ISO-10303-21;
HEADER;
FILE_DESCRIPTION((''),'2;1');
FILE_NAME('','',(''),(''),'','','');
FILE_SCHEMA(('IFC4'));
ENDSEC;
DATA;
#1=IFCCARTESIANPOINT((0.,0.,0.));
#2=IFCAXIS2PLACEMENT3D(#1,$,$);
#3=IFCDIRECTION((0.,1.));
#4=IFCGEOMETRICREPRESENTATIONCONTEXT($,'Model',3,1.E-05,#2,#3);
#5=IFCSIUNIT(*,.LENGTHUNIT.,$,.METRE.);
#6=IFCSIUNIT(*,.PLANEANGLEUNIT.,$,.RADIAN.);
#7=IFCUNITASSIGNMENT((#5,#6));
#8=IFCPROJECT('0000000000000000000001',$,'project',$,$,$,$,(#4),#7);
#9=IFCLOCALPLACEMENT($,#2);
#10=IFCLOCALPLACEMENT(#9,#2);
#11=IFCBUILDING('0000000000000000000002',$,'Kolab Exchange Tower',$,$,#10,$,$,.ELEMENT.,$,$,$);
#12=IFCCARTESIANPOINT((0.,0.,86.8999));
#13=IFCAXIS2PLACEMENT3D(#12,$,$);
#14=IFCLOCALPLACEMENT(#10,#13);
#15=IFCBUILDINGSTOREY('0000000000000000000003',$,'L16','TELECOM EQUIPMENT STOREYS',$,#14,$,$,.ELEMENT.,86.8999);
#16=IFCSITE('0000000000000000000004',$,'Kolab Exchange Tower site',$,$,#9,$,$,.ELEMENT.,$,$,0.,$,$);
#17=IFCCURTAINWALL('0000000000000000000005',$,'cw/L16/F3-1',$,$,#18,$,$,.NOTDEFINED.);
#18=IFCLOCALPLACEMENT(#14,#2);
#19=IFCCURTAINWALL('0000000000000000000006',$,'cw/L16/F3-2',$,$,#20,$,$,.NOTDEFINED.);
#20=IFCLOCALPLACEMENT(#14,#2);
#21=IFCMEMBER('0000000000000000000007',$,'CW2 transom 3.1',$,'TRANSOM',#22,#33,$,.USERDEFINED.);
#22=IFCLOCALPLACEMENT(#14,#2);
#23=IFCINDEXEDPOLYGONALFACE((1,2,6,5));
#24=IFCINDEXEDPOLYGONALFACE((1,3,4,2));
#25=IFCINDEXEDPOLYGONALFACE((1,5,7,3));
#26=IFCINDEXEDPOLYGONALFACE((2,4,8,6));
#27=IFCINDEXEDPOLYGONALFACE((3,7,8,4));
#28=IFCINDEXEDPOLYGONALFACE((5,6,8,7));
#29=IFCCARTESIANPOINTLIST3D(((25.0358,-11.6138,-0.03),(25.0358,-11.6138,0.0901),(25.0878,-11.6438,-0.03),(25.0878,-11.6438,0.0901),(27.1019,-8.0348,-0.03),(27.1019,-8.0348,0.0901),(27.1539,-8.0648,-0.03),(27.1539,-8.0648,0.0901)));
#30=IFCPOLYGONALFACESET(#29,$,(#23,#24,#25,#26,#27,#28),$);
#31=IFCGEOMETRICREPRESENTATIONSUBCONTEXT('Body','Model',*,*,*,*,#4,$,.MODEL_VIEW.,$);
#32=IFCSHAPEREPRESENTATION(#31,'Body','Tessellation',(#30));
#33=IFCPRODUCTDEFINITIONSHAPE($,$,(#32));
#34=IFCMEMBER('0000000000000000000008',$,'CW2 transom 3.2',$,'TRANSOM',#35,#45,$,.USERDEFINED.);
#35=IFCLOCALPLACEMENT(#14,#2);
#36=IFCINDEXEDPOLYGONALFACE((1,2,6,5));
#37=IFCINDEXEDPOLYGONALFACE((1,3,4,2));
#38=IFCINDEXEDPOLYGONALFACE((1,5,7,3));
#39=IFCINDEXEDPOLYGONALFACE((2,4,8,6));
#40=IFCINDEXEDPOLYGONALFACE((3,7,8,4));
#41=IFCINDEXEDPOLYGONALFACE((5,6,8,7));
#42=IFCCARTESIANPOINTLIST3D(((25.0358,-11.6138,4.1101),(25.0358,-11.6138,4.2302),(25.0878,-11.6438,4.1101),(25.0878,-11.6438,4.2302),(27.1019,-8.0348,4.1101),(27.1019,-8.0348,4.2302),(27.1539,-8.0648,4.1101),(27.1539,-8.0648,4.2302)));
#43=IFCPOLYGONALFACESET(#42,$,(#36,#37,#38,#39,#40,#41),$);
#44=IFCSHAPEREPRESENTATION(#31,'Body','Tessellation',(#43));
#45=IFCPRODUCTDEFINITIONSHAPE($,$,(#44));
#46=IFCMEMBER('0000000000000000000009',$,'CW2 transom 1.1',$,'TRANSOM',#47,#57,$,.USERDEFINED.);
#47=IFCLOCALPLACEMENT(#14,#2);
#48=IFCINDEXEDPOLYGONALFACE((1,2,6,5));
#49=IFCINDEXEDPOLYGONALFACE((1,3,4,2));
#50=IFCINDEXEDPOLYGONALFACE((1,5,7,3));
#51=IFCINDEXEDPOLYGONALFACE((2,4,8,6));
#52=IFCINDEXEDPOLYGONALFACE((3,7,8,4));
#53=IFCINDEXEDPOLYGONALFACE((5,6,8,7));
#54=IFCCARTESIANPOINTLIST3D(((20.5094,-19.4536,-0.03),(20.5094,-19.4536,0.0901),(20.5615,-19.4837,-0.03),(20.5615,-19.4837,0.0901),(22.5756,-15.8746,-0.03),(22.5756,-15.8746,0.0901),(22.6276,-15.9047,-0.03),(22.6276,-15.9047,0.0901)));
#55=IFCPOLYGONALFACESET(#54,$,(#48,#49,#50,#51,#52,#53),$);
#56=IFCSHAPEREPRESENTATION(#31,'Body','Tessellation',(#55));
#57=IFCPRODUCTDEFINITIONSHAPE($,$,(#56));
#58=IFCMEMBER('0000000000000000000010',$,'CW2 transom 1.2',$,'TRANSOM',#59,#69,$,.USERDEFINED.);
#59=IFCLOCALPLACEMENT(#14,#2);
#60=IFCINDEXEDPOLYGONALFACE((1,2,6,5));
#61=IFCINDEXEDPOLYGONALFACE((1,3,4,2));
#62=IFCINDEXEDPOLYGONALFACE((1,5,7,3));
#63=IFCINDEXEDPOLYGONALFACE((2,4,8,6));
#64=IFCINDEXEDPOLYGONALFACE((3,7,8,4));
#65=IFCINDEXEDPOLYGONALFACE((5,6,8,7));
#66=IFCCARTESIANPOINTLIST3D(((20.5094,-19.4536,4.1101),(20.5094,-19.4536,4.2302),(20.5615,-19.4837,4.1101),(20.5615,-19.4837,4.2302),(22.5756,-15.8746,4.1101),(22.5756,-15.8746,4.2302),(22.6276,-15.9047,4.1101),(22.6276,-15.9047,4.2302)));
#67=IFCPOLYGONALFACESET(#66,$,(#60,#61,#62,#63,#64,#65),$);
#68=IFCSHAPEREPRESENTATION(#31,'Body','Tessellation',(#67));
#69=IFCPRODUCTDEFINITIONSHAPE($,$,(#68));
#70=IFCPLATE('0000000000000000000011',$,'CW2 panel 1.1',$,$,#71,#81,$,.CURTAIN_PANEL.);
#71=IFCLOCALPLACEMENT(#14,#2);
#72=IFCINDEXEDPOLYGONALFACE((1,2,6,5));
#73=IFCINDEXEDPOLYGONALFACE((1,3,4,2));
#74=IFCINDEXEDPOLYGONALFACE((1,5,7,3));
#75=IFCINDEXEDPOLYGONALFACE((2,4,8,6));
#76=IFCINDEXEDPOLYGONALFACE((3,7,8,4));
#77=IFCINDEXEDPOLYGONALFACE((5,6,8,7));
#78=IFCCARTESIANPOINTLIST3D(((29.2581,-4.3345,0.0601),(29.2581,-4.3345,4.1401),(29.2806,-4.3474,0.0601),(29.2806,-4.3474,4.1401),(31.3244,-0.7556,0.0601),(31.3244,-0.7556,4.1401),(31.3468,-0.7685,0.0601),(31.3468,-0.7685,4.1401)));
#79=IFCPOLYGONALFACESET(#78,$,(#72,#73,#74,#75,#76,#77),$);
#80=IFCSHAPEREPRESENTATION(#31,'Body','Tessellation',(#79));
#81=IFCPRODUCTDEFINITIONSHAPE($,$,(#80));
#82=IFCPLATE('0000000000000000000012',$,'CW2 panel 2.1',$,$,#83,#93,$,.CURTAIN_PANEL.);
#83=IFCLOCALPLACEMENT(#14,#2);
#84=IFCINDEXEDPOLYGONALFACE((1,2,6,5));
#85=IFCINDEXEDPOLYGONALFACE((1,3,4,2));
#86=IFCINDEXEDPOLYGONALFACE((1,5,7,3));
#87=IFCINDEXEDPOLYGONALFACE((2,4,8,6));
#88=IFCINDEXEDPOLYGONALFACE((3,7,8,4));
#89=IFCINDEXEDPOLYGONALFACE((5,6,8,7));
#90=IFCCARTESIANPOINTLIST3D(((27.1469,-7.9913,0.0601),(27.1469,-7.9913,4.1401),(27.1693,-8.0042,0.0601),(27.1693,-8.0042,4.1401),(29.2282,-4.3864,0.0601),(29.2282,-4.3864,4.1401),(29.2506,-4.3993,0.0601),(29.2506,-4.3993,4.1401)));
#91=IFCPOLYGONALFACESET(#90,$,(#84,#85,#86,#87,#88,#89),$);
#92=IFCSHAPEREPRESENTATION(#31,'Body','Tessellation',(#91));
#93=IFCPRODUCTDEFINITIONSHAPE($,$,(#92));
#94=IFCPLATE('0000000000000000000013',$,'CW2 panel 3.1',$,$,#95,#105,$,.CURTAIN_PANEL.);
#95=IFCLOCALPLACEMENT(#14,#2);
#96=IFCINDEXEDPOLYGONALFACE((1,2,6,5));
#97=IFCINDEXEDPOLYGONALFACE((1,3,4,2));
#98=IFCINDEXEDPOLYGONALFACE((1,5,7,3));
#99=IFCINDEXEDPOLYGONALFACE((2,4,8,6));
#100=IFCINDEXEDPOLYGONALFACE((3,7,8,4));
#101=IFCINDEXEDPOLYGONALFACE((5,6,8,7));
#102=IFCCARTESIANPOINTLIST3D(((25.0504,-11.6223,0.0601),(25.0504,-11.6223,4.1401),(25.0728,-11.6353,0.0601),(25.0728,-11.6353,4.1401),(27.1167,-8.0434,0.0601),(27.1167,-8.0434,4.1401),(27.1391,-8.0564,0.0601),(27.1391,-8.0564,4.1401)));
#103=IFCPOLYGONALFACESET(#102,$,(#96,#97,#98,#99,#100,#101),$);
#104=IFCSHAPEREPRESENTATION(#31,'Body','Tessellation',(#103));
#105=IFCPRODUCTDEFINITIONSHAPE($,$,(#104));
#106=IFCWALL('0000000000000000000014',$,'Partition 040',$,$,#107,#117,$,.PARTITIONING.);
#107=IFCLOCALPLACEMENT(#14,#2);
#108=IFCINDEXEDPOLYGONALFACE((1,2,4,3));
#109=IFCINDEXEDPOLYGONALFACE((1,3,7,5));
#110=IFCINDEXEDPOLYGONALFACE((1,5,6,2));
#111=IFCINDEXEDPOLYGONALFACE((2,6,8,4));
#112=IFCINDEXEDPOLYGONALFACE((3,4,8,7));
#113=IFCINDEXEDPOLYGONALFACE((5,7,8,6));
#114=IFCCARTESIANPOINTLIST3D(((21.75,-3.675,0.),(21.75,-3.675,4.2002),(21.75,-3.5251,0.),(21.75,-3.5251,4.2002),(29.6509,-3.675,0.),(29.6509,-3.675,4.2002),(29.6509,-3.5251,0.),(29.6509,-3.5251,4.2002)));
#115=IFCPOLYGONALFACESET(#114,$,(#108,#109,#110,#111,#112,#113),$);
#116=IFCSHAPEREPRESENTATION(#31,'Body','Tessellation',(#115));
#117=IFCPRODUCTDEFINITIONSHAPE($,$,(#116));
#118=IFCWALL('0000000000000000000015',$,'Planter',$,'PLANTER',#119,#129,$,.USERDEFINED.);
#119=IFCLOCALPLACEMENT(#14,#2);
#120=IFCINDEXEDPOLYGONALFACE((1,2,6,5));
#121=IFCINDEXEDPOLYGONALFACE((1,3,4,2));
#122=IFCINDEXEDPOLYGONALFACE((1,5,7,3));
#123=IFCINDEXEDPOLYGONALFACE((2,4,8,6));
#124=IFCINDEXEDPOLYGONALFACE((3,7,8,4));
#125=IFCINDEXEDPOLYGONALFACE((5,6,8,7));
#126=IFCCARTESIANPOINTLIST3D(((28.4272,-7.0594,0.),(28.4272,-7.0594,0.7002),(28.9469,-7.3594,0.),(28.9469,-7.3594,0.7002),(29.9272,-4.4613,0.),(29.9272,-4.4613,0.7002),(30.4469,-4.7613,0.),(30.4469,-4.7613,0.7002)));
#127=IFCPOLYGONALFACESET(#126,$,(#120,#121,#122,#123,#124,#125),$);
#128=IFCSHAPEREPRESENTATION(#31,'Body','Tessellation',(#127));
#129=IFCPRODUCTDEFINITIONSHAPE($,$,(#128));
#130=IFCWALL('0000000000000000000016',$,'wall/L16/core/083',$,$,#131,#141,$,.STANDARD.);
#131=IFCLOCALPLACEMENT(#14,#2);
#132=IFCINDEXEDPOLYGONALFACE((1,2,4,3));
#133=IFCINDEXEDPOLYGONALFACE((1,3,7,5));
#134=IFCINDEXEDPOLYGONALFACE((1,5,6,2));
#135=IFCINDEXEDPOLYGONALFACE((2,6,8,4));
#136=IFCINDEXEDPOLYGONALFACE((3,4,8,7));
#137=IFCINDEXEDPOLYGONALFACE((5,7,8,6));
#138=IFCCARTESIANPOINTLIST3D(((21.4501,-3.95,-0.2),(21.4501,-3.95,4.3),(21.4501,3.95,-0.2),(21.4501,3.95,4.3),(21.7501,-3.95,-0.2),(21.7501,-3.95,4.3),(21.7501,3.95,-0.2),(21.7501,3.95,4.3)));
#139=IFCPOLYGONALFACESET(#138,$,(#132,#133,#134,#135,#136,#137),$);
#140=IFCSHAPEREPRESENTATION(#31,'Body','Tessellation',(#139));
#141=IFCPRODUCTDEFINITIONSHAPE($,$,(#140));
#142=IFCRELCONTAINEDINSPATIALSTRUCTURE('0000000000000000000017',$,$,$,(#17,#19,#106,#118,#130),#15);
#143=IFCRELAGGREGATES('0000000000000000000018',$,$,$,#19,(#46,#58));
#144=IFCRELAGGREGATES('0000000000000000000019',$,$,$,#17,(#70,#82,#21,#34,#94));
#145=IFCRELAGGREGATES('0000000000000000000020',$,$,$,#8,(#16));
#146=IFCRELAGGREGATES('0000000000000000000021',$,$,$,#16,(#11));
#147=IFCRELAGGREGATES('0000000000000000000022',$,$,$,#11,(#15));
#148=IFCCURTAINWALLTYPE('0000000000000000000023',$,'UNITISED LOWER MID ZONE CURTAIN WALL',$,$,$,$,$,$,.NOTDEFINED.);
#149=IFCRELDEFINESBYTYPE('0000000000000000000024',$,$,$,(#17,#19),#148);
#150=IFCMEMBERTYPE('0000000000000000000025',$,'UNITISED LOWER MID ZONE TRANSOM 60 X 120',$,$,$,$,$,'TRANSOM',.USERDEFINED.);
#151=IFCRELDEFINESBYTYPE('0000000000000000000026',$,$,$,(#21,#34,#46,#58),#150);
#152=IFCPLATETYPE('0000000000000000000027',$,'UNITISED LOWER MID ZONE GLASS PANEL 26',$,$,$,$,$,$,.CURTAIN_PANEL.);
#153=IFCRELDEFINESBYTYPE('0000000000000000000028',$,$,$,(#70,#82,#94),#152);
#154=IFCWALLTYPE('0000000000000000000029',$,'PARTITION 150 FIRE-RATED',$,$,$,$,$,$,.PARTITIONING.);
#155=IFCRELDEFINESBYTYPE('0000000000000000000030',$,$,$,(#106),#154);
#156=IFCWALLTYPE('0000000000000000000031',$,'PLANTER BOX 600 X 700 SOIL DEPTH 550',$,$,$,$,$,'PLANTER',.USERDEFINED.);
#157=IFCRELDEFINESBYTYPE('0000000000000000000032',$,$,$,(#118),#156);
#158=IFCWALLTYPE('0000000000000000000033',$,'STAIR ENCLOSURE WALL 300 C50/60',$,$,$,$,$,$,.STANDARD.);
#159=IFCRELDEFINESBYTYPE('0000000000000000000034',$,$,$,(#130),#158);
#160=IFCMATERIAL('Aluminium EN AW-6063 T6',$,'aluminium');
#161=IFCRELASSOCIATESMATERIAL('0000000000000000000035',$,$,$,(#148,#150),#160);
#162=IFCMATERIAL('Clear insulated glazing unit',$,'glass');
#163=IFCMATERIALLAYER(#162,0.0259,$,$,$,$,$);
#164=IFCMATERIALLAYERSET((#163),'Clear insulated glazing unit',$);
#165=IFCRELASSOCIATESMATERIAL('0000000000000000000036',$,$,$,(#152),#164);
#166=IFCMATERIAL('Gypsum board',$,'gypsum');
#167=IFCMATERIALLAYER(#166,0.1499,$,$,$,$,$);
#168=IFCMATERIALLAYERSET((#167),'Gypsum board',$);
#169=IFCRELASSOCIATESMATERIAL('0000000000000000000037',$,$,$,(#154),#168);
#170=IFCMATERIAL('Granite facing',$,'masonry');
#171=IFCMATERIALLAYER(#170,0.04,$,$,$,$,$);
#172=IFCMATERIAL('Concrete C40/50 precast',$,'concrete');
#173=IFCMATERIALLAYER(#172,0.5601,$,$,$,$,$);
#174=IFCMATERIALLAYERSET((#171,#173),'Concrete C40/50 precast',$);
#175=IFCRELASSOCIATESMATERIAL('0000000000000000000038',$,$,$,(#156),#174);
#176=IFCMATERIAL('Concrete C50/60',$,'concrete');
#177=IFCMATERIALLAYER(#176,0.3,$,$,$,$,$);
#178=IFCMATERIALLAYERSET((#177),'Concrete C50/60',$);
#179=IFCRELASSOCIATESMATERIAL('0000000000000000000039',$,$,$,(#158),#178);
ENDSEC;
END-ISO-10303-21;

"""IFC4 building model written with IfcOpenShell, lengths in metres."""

from ifc_helpers import new_model, si_unit, direction, frame, frame_2d, origin, origin_2d, place, context, subcontext, project, spatial, rectangle, extrude, material, layer, layer_set, material_profile, profile_set, type_object, element, aggregate, save


model = new_model("IFC4")

# Units and contexts
model_context = context("Model", 3, precision=1e-05, world=origin(), true_north=direction((0.0, 1.0)))
body_context = subcontext(model_context, "Body", "Model", "MODEL_VIEW")
ifc_project = project(units=[si_unit("LENGTHUNIT", "METRE"), si_unit("PLANEANGLEUNIT", "RADIAN")], contexts=[model_context])

# Site, building, storey
site_placement = place(None, origin())
site = spatial("IfcSite", under=ifc_project, at=site_placement, Name="Kolab Exchange Tower site", CompositionType="ELEMENT", RefElevation=0.0)
building_placement = place(site_placement, origin())
building = spatial("IfcBuilding", under=site, at=building_placement, Name="Kolab Exchange Tower", CompositionType="ELEMENT")
storey_placement = place(building_placement, frame((0.0, 0.0, 86.8999)))
storey = spatial("IfcBuildingStorey", under=building, at=storey_placement, Name="L16", Description="TELECOM EQUIPMENT STOREYS", CompositionType="ELEMENT", Elevation=86.8999)

# Curtain wall
ifc_material_1 = material(Name="Aluminium EN AW-6063 T6", Category="aluminium")
curtain_wall_type = type_object("IfcCurtainWallType", Name="UNITISED LOWER MID ZONE CURTAIN WALL", PredefinedType="NOTDEFINED", material=ifc_material_1)
curtain_wall_1_placement = place(storey_placement, origin())
curtain_wall_1 = element("IfcCurtainWall", 1, at=curtain_wall_1_placement, inside=storey, type_object=curtain_wall_type, Name="cw/L16/F3-1", PredefinedType="NOTDEFINED")

# Curtain wall
curtain_wall_2_placement = place(storey_placement, origin())
curtain_wall_2 = element("IfcCurtainWall", 2, at=curtain_wall_2_placement, inside=storey, type_object=curtain_wall_type, Name="cw/L16/F3-2", PredefinedType="NOTDEFINED")

# Members
ifc_material_profile_1 = material_profile(ifc_material_1, rectangle(XDim=0.0601, YDim=0.1201, at=origin_2d()), Name="RECT 60X120")
ifc_profile_set_1 = profile_set([ifc_material_profile_1], Name="Aluminium EN AW-6063 T6")
member_type_1 = type_object("IfcMemberType", Name="UNITISED LOWER MID ZONE TRANSOM 60 X 120", ElementType="TRANSOM", PredefinedType="USERDEFINED", material=ifc_profile_set_1)
member_1_placement = place(storey_placement, frame((27.1279, -8.0498, 0.03), z_axis=(-0.499958, -0.86605, 0.0), x_axis=(0.86605, -0.499958, 0.0)))
member_1 = element("IfcMember", 3, at=member_1_placement, type_object=member_type_1, Name="CW2 transom 3.1", ObjectType="TRANSOM", PredefinedType="USERDEFINED", context=body_context, shape_type="SweptSolid", body=[
    extrude(rectangle(XDim=0.0601, YDim=0.1201, at=origin_2d()), origin(), (0.0, 0.0, 1.0), 4.1326),
])
member_2_placement = place(storey_placement, frame((27.1279, -8.0498, 4.1702), z_axis=(-0.499958, -0.86605, 0.0), x_axis=(0.86605, -0.499958, 0.0)))
member_2 = element("IfcMember", 4, at=member_2_placement, type_object=member_type_1, Name="CW2 transom 3.2", ObjectType="TRANSOM", PredefinedType="USERDEFINED", context=body_context, shape_type="SweptSolid", body=[
    extrude(rectangle(XDim=0.0601, YDim=0.1201, at=origin_2d()), origin(), (0.0, 0.0, 1.0), 4.1326),
])
member_3_placement = place(storey_placement, frame((22.6016, -15.8896, 0.03), z_axis=(-0.499958, -0.86605, 0.0), x_axis=(0.86605, -0.499958, 0.0)))
member_3 = element("IfcMember", 5, at=member_3_placement, type_object=member_type_1, Name="CW2 transom 1.1", ObjectType="TRANSOM", PredefinedType="USERDEFINED", context=body_context, shape_type="SweptSolid", body=[
    extrude(rectangle(XDim=0.0601, YDim=0.1201, at=origin_2d()), origin(), (0.0, 0.0, 1.0), 4.1326),
])
member_4_placement = place(storey_placement, frame((22.6016, -15.8896, 4.1702), z_axis=(-0.499958, -0.86605, 0.0), x_axis=(0.86605, -0.499958, 0.0)))
member_4 = element("IfcMember", 6, at=member_4_placement, type_object=member_type_1, Name="CW2 transom 1.2", ObjectType="TRANSOM", PredefinedType="USERDEFINED", context=body_context, shape_type="SweptSolid", body=[
    extrude(rectangle(XDim=0.0601, YDim=0.1201, at=origin_2d()), origin(), (0.0, 0.0, 1.0), 4.1326),
])
aggregate(curtain_wall_2, [member_3, member_4])

# Plates
ifc_material_2 = material(Name="Clear insulated glazing unit", Category="glass")
ifc_layer_1 = layer(ifc_material_2, 0.0259)
ifc_layer_set_1 = layer_set([ifc_layer_1], Name="Clear insulated glazing unit")
plate_type = type_object("IfcPlateType", Name="UNITISED LOWER MID ZONE GLASS PANEL 26", PredefinedType="CURTAIN_PANEL", material=ifc_layer_set_1)
plate_1_placement = place(storey_placement, frame((30.3025, -2.5515, 0.0601), z_axis=(0.0, 0.0, 1.0), x_axis=(-0.5, -0.866025, 0.0)))
plate_1 = element("IfcPlate", 7, at=plate_1_placement, type_object=plate_type, Name="CW2 panel 1.1", PredefinedType="CURTAIN_PANEL", context=body_context, shape_type="SweptSolid", body=[
    extrude(rectangle(XDim=4.1326, YDim=0.0259, at=origin_2d()), origin(), (0.0, 0.0, 1.0), 4.0801),
])
plate_2_placement = place(storey_placement, frame((28.1987, -6.1953, 0.0601), z_axis=(0.0, 0.0, 1.0), x_axis=(-0.5, -0.866025, 0.0)))
plate_2 = element("IfcPlate", 8, at=plate_2_placement, type_object=plate_type, Name="CW2 panel 2.1", PredefinedType="CURTAIN_PANEL", context=body_context, shape_type="SweptSolid", body=[
    extrude(rectangle(XDim=4.1626, YDim=0.0259, at=origin_2d()), origin(), (0.0, 0.0, 1.0), 4.0801),
])
plate_3_placement = place(storey_placement, frame((26.0947, -9.8394, 0.0601), z_axis=(0.0, 0.0, 1.0), x_axis=(-0.5, -0.866025, 0.0)))
plate_3 = element("IfcPlate", 9, at=plate_3_placement, type_object=plate_type, Name="CW2 panel 3.1", PredefinedType="CURTAIN_PANEL", context=body_context, shape_type="SweptSolid", body=[
    extrude(rectangle(XDim=4.1326, YDim=0.0259, at=origin_2d()), origin(), (0.0, 0.0, 1.0), 4.0801),
])
aggregate(curtain_wall_1, [plate_1, plate_2, member_1, member_2, plate_3])

# Walls
ifc_material_3 = material(Name="Gypsum board", Category="gypsum")
ifc_layer_2 = layer(ifc_material_3, 0.1499)
ifc_layer_set_2 = layer_set([ifc_layer_2], Name="Gypsum board")
wall_type_1 = type_object("IfcWallType", Name="PARTITION 150 FIRE-RATED", PredefinedType="PARTITIONING", material=ifc_layer_set_2)
wall_1_placement = place(storey_placement, frame((21.75, -3.6001, 0.0), z_axis=(0.0, 0.0, 1.0), x_axis=(1.0, 0.0, 0.0)))
element("IfcWall", 10, at=wall_1_placement, inside=storey, type_object=wall_type_1, Name="Partition 040", PredefinedType="PARTITIONING", context=body_context, shape_type="SweptSolid", body=[
    extrude(rectangle(XDim=7.9009, YDim=0.1499, at=frame_2d((3.9504, 0.0))), origin(), (0.0, 0.0, 1.0), 4.2002),
])
ifc_material_4 = material(Name="Granite facing", Category="masonry")
ifc_layer_3 = layer(ifc_material_4, 0.04)
ifc_material_5 = material(Name="Concrete C40/50 precast", Category="concrete")
ifc_layer_4 = layer(ifc_material_5, 0.5601)
ifc_layer_set_3 = layer_set([ifc_layer_3, ifc_layer_4], Name="Concrete C40/50 precast")
wall_type_2 = type_object("IfcWallType", Name="PLANTER BOX 600 X 700 SOIL DEPTH 550", ElementType="PLANTER", PredefinedType="USERDEFINED", material=ifc_layer_set_3)
wall_2_placement = place(storey_placement, frame((30.187, -4.6113, 0.0), z_axis=(0.0, 0.0, 1.0), x_axis=(-0.49999, -0.866031, 0.0)))
element("IfcWall", 11, at=wall_2_placement, inside=storey, type_object=wall_type_2, Name="Planter", ObjectType="PLANTER", PredefinedType="USERDEFINED", context=body_context, shape_type="SweptSolid", body=[
    extrude(rectangle(XDim=3.0, YDim=0.6001, at=frame_2d((1.5, 0.0))), origin(), (0.0, 0.0, 1.0), 0.7002),
])
ifc_material_6 = material(Name="Concrete C50/60", Category="concrete")
ifc_layer_5 = layer(ifc_material_6, 0.3)
ifc_layer_set_4 = layer_set([ifc_layer_5], Name="Concrete C50/60")
wall_type_3 = type_object("IfcWallType", Name="STAIR ENCLOSURE WALL 300 C50/60", PredefinedType="STANDARD", material=ifc_layer_set_4)
wall_3_placement = place(storey_placement, frame((21.6001, -3.95, -0.2), z_axis=(0.0, 0.0, 1.0), x_axis=(0.0, 1.0, 0.0)))
element("IfcWall", 12, at=wall_3_placement, inside=storey, type_object=wall_type_3, Name="wall/L16/core/083", PredefinedType="STANDARD", context=body_context, shape_type="SweptSolid", body=[
    extrude(rectangle(XDim=7.8999, YDim=0.3, at=frame_2d((3.95, 0.0))), origin(), (0.0, 0.0, 1.0), 4.5),
])

save(model, "model.ifc")
